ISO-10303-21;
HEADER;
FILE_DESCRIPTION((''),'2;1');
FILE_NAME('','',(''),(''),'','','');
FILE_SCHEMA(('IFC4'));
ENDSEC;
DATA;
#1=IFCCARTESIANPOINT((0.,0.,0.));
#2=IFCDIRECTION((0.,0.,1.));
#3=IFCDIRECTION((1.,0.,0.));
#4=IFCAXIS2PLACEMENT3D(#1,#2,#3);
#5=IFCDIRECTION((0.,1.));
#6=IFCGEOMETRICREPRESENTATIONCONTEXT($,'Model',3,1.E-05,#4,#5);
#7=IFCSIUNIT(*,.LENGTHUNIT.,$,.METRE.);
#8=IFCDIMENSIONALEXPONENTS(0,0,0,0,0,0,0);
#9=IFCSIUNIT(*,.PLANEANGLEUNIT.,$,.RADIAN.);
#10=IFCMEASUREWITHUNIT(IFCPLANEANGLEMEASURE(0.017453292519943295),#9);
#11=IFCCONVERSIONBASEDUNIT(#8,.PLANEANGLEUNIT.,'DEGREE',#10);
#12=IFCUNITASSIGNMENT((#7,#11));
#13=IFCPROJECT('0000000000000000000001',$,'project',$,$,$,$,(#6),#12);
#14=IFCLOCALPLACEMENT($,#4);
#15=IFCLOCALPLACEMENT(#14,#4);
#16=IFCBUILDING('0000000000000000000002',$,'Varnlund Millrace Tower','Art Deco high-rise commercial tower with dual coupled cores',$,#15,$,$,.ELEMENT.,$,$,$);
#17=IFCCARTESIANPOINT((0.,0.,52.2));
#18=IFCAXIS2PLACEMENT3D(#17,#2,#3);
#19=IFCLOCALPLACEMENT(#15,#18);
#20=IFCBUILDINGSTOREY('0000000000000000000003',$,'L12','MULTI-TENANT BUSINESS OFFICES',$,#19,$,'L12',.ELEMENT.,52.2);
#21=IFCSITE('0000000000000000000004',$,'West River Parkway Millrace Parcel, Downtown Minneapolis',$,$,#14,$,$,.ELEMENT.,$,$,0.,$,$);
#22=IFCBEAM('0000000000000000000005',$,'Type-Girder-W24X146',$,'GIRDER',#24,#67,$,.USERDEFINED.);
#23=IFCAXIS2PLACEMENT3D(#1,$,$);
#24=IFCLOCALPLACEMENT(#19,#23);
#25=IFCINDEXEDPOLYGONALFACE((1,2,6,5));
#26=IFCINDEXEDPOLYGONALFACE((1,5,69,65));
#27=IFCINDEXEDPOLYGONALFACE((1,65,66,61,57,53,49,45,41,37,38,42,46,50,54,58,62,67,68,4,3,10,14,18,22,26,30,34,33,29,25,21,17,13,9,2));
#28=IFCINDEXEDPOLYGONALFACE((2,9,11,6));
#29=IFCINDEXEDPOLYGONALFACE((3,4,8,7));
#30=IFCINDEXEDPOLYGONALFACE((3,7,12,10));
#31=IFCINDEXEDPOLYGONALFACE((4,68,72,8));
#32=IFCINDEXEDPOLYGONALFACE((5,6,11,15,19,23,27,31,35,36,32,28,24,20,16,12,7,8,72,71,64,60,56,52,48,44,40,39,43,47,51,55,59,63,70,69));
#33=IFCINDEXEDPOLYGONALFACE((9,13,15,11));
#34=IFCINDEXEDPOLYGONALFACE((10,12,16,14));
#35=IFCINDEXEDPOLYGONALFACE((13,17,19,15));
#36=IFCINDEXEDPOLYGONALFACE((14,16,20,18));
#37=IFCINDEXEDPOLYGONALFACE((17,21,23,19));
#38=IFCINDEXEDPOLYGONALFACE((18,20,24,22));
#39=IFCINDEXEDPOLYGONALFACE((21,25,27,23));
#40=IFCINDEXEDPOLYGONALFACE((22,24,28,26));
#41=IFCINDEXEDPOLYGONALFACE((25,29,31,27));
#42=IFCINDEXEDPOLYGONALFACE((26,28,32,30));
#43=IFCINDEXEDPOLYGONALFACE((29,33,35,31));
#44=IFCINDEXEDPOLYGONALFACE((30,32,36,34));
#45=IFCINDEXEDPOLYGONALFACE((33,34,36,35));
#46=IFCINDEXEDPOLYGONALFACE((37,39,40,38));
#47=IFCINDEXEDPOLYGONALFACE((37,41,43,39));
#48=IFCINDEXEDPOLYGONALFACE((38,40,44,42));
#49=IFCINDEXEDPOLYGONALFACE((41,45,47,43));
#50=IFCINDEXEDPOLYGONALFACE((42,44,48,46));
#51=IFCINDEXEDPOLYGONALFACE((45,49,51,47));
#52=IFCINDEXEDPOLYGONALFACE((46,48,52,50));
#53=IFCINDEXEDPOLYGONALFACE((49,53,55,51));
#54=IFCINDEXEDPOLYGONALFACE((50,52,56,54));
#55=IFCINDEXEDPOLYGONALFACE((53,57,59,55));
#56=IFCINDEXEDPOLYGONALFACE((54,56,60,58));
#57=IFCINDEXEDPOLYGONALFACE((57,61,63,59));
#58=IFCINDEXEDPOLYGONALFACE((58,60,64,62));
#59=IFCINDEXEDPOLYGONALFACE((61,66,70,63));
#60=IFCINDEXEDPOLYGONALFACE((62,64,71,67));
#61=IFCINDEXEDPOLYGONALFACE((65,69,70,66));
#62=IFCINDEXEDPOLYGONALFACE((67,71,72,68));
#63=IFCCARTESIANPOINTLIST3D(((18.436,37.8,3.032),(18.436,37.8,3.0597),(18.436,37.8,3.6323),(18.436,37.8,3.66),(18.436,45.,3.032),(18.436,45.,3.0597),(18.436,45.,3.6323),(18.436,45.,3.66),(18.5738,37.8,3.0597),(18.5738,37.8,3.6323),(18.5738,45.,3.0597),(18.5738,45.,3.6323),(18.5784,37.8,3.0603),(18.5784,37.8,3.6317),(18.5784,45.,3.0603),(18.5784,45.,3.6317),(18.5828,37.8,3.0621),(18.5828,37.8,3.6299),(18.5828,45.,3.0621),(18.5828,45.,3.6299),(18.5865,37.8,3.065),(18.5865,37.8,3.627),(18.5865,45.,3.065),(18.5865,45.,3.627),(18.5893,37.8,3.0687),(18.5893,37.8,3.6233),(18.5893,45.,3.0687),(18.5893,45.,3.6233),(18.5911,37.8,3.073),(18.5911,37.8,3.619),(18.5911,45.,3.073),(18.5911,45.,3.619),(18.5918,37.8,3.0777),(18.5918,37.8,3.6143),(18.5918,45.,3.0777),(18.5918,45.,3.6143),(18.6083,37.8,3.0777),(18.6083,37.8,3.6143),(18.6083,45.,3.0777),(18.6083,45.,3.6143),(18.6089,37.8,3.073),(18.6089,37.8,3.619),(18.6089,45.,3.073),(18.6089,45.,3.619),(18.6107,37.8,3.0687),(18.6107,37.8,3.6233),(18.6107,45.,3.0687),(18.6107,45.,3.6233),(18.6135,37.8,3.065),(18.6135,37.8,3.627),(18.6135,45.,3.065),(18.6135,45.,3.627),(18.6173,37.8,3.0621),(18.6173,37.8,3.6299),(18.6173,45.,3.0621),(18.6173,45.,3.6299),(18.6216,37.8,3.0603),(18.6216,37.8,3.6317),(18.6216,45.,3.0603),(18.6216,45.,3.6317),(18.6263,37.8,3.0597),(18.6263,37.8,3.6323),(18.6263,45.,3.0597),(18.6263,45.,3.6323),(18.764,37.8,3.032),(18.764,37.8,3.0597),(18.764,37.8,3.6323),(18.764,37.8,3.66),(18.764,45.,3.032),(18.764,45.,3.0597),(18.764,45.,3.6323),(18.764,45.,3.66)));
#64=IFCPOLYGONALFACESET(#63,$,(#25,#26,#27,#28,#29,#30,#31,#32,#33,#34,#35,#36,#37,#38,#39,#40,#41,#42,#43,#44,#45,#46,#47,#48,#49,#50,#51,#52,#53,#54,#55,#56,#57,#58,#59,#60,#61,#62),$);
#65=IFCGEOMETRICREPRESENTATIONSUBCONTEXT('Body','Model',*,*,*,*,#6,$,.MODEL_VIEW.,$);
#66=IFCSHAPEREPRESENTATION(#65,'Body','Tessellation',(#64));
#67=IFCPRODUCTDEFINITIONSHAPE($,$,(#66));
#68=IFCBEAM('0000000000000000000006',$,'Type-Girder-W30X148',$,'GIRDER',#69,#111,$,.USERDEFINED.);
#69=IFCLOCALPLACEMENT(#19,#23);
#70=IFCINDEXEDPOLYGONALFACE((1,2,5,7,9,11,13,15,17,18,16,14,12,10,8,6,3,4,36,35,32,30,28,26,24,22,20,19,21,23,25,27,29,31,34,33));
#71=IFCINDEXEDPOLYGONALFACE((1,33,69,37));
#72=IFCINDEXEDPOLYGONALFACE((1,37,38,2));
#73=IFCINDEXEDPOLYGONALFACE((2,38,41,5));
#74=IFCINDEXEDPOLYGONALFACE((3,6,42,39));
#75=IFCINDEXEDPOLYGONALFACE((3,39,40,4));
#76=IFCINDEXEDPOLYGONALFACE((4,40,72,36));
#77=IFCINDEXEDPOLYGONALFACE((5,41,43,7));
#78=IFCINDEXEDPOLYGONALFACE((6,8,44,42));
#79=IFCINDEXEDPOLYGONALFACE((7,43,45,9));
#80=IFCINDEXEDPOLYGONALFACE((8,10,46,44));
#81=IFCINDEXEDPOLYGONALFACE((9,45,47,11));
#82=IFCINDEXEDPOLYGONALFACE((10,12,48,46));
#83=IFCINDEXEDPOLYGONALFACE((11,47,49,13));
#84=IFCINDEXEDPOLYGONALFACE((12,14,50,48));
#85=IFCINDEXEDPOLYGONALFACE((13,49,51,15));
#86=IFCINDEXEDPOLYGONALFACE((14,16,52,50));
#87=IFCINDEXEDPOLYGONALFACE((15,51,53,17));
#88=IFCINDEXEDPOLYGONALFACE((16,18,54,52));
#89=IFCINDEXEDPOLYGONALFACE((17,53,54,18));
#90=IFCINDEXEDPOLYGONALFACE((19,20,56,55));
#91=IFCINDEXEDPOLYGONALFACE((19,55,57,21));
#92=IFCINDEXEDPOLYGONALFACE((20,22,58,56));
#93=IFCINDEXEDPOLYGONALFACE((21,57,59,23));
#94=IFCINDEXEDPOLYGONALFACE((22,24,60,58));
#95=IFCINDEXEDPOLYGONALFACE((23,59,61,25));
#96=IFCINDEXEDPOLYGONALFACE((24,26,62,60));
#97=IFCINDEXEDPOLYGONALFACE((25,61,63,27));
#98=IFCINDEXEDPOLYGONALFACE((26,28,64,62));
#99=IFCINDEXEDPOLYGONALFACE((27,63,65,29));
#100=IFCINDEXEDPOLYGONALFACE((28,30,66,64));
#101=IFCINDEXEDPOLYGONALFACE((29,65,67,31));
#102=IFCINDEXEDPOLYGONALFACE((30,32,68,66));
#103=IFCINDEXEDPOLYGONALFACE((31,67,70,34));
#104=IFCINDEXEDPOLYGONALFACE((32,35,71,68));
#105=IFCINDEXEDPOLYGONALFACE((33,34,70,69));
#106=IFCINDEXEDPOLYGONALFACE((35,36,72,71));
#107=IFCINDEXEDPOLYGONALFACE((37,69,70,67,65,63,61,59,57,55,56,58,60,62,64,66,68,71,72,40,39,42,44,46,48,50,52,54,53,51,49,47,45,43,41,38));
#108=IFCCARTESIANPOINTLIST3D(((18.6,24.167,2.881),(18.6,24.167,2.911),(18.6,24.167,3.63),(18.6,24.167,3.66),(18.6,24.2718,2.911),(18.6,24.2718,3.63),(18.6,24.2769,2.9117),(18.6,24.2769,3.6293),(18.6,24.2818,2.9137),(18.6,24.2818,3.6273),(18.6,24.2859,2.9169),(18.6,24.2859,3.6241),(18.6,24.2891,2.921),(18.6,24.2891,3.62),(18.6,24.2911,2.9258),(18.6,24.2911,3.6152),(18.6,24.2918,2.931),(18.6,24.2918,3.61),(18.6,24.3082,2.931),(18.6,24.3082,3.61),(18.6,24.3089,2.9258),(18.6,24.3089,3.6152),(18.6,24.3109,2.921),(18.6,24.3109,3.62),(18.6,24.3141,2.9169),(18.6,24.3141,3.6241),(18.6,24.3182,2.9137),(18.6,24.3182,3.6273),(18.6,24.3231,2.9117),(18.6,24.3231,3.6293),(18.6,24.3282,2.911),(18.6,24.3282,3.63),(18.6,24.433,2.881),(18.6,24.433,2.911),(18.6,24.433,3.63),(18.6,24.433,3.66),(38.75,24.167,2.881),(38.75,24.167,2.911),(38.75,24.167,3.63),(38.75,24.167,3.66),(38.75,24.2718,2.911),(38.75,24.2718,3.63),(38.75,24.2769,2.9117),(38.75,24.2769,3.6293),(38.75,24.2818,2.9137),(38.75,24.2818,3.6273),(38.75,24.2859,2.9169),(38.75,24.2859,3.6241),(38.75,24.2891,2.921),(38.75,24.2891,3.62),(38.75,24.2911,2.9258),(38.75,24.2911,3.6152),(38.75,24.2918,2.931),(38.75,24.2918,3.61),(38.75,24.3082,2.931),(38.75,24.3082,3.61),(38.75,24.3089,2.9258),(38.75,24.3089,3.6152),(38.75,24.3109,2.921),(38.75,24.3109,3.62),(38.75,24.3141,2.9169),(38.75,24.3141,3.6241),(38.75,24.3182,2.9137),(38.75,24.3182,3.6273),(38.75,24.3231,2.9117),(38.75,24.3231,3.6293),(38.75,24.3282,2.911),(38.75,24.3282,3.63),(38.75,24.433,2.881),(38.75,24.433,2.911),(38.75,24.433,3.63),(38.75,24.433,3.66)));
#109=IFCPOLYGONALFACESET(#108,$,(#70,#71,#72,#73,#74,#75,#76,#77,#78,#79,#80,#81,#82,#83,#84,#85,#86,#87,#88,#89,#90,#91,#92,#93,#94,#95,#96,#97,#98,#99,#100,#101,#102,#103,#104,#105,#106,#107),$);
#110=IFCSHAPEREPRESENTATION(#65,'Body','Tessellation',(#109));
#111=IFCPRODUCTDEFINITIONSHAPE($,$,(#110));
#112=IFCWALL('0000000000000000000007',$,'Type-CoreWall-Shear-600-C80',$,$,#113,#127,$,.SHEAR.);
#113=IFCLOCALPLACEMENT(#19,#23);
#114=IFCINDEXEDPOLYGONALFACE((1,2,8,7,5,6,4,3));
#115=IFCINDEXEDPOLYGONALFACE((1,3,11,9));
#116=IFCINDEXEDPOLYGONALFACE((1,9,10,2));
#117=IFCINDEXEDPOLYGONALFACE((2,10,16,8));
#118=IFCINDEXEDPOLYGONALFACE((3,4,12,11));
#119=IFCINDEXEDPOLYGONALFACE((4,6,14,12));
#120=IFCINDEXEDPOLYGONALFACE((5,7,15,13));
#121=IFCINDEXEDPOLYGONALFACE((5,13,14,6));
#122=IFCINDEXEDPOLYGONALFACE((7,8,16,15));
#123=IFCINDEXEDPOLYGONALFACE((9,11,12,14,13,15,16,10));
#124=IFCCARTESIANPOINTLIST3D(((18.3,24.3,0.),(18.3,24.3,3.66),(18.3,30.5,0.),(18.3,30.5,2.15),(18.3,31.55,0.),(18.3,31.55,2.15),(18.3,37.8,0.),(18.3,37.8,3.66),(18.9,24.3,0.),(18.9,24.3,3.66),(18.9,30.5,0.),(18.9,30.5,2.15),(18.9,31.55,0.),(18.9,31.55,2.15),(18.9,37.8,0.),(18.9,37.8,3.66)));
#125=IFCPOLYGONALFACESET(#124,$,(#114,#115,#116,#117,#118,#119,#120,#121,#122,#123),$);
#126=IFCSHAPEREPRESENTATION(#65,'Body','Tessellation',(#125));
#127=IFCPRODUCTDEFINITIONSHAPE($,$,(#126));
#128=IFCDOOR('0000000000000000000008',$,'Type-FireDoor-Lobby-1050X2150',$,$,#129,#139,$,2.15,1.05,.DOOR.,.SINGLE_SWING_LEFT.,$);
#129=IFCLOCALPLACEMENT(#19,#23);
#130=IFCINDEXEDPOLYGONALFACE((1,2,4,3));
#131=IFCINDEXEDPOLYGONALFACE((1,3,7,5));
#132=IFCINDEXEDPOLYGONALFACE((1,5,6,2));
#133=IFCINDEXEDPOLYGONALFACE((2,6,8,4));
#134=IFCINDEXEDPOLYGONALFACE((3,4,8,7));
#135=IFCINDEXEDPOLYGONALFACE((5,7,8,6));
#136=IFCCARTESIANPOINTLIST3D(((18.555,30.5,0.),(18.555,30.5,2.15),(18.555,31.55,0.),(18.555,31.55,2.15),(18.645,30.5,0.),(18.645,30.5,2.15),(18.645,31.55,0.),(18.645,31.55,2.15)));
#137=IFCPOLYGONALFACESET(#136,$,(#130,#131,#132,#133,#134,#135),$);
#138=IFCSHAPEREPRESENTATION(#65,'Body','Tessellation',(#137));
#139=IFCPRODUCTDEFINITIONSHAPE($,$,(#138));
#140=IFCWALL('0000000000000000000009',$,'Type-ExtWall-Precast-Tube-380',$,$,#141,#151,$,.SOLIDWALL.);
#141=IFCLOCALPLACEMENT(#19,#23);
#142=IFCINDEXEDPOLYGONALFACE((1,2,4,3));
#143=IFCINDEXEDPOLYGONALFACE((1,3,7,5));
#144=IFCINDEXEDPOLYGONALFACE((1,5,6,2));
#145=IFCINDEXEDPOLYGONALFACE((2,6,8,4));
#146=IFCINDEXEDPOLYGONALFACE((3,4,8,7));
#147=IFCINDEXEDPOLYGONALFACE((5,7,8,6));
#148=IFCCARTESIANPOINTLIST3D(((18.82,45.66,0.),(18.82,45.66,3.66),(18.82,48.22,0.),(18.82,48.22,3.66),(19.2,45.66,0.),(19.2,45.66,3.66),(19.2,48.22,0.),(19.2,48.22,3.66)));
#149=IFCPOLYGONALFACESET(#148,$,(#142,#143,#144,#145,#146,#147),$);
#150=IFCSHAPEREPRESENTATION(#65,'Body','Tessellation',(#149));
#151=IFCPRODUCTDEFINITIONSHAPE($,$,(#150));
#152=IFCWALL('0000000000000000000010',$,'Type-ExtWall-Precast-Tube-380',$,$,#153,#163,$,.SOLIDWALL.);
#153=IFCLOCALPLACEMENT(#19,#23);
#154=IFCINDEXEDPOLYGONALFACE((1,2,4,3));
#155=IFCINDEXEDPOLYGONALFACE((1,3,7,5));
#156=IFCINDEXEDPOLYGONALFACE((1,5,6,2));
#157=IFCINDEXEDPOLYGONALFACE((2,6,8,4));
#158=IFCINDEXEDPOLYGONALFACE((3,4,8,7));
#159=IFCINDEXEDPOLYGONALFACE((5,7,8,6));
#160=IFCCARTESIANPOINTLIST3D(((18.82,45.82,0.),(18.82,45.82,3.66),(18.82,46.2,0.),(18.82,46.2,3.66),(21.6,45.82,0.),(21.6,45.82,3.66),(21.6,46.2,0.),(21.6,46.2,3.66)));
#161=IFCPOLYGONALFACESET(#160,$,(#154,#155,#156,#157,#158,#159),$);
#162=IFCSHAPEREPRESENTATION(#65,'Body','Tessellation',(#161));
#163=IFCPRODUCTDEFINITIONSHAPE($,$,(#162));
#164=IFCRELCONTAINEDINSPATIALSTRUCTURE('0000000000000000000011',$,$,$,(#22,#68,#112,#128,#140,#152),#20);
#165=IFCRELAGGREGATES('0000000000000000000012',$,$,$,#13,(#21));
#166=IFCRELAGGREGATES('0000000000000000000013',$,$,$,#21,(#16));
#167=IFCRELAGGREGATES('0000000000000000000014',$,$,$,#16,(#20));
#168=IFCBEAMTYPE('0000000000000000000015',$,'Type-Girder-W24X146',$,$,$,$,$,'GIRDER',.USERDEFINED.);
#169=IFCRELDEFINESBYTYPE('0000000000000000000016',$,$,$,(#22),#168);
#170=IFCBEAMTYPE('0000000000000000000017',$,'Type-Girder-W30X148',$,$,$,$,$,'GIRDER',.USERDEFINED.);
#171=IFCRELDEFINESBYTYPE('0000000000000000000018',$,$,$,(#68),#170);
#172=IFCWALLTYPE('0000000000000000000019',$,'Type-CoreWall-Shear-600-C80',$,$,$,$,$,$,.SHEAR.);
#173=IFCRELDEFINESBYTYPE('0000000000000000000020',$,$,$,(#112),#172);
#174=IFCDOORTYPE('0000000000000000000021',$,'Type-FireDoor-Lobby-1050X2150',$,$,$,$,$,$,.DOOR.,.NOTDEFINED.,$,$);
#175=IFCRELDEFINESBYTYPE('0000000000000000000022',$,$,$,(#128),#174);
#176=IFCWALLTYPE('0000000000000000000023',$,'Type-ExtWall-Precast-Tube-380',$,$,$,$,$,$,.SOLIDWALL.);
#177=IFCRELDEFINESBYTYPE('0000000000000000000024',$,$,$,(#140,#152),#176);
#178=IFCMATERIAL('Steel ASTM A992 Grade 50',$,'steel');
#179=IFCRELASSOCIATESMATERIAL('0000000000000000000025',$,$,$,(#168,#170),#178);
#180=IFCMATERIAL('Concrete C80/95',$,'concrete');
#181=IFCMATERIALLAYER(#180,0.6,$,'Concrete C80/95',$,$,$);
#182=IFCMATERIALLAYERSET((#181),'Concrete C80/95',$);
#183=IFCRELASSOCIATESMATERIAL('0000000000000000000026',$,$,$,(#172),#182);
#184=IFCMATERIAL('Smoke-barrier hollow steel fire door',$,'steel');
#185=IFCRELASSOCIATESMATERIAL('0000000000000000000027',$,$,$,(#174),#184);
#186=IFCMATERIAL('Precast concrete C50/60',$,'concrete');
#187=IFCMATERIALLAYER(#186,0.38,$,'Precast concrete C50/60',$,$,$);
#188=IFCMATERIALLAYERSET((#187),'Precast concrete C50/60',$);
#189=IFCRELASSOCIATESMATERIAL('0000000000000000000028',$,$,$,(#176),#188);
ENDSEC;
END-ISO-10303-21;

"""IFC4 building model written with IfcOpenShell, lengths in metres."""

from ifc_helpers import new_model, entity, si_unit, converted_unit, direction, frame, origin_with_axes, origin_2d_with_axis, place, context, subcontext, project, spatial, polyline, rectangle, i_section, outline, extrude, material, layer, layer_set, material_profile, profile_set, type_object, element, fill, save


model = new_model("IFC4")

# Units and contexts
model_context = context("Model", 3, precision=1e-05, world=origin_with_axes(), true_north=direction((0.0, 1.0)))
body_context = subcontext(model_context, "Body", "Model", "MODEL_VIEW")
ifc_project = project(units=[si_unit("LENGTHUNIT", "METRE"), converted_unit("PLANEANGLEUNIT", "DEGREE", entity("IfcPlaneAngleMeasure", 0.017453292519943295), si_unit("PLANEANGLEUNIT", "RADIAN"), dimensions=[0, 0, 0, 0, 0, 0, 0])], contexts=[model_context])

# Site, building, storey
site_placement = place(None, origin_with_axes())
site = spatial("IfcSite", under=ifc_project, at=site_placement, Name="West River Parkway Millrace Parcel, Downtown Minneapolis", CompositionType="ELEMENT", RefElevation=0.0)
building_placement = place(site_placement, origin_with_axes())
building = spatial("IfcBuilding", under=site, at=building_placement, Name="Varnlund Millrace Tower", Description="Art Deco high-rise commercial tower with dual coupled cores", CompositionType="ELEMENT")
storey_placement = place(building_placement, frame((0.0, 0.0, 52.2), z_axis=(0.0, 0.0, 1.0), x_axis=(1.0, 0.0, 0.0)))
storey = spatial("IfcBuildingStorey", under=building, at=storey_placement, Name="L12", Description="MULTI-TENANT BUSINESS OFFICES", LongName="L12", CompositionType="ELEMENT", Elevation=52.2)

# Shared definitions
ifc_material_1 = material(Name="Concrete C80/95", Category="concrete")

# Beams
ifc_material_2 = material(Name="Steel ASTM A992 Grade 50", Category="steel")
ifc_material_profile_1 = material_profile(ifc_material_2, i_section(OverallWidth=0.328, OverallDepth=0.628, WebThickness=0.0165, FlangeThickness=0.0277, FilletRadius=0.018, at=origin_2d_with_axis()), Name="Steel ASTM A992 Grade 50")
ifc_profile_set_1 = profile_set([ifc_material_profile_1], Name="Steel ASTM A992 Grade 50")
beam_type_1 = type_object("IfcBeamType", Name="Type-Girder-W24X146", ElementType="GIRDER", PredefinedType="USERDEFINED", material=ifc_profile_set_1)
beam_1_placement = place(storey_placement, frame((18.6, 37.8, 3.346), z_axis=(0.0, 1.0, 0.0), x_axis=(-1.0, 0.0, 0.0)))
element("IfcBeam", 1, at=beam_1_placement, inside=storey, type_object=beam_type_1, Name="Type-Girder-W24X146", ObjectType="GIRDER", PredefinedType="USERDEFINED", context=body_context, shape_type="SweptSolid", body=[
    extrude(i_section(OverallWidth=0.328, OverallDepth=0.628, WebThickness=0.0165, FlangeThickness=0.0277, FilletRadius=0.018, at=origin_2d_with_axis()), origin_with_axes(), (0.0, 0.0, 1.0), 7.2),
])
ifc_material_profile_2 = material_profile(ifc_material_2, i_section(OverallWidth=0.266, OverallDepth=0.779, WebThickness=0.0165, FlangeThickness=0.03, FilletRadius=0.02, at=origin_2d_with_axis()), Name="Steel ASTM A992 Grade 50")
ifc_profile_set_2 = profile_set([ifc_material_profile_2], Name="Steel ASTM A992 Grade 50")
beam_type_2 = type_object("IfcBeamType", Name="Type-Girder-W30X148", ElementType="GIRDER", PredefinedType="USERDEFINED", material=ifc_profile_set_2)
beam_2_placement = place(storey_placement, frame((18.6, 24.3, 3.2705), z_axis=(1.0, 0.0, 0.0), x_axis=(0.0, 1.0, 0.0)))
element("IfcBeam", 2, at=beam_2_placement, inside=storey, type_object=beam_type_2, Name="Type-Girder-W30X148", ObjectType="GIRDER", PredefinedType="USERDEFINED", context=body_context, shape_type="SweptSolid", body=[
    extrude(i_section(OverallWidth=0.266, OverallDepth=0.779, WebThickness=0.0165, FlangeThickness=0.03, FilletRadius=0.02, at=origin_2d_with_axis()), origin_with_axes(), (0.0, 0.0, 1.0), 20.15),
])

# Wall, opening, door
ifc_layer_1 = layer(ifc_material_1, 0.6, Name="Concrete C80/95")
ifc_layer_set_1 = layer_set([ifc_layer_1], Name="Concrete C80/95")
wall_type_1 = type_object("IfcWallType", Name="Type-CoreWall-Shear-600-C80", PredefinedType="SHEAR", material=ifc_layer_set_1)
wall_1_placement = place(storey_placement, frame((18.6, 24.3, 0.0), z_axis=(0.0, 0.0, 1.0), x_axis=(0.0, 1.0, 0.0)))
wall_1 = element("IfcWall", 3, at=wall_1_placement, inside=storey, type_object=wall_type_1, Name="Type-CoreWall-Shear-600-C80", PredefinedType="SHEAR", context=body_context, shape_type="SweptSolid", body=[
    extrude(outline(polyline([(0.0, -0.3), (13.5, -0.3), (13.5, 0.3), (0.0, 0.3), (0.0, -0.3)])), origin_with_axes(), (0.0, 0.0, 1.0), 3.66),
])
opening_1_placement = place(wall_1_placement, frame((6.725, 0.0, 0.0), z_axis=(0.0, 0.0, 1.0), x_axis=(1.0, 0.0, 0.0)))
opening_1 = element("IfcOpeningElement", 4, at=opening_1_placement, cuts=wall_1, PredefinedType="OPENING", context=body_context, shape_type="SweptSolid", body=[
    extrude(rectangle(XDim=1.05, YDim=0.62, at=origin_2d_with_axis()), origin_with_axes(), (0.0, 0.0, 1.0), 2.15),
])
ifc_material_3 = material(Name="Smoke-barrier hollow steel fire door", Category="steel")
door_type = type_object("IfcDoorType", Name="Type-FireDoor-Lobby-1050X2150", OperationType="NOTDEFINED", PredefinedType="DOOR", material=ifc_material_3)
door_placement = place(wall_1_placement, frame((6.725, 0.0, 0.0), z_axis=(0.0, 0.0, 1.0), x_axis=(1.0, 0.0, 0.0)))
door = element("IfcDoor", 5, at=door_placement, inside=storey, type_object=door_type, Name="Type-FireDoor-Lobby-1050X2150", OperationType="SINGLE_SWING_LEFT", OverallHeight=2.15, OverallWidth=1.05, PredefinedType="DOOR", context=body_context, shape_type="SweptSolid", body=[
    extrude(rectangle(XDim=1.05, YDim=0.09, at=origin_2d_with_axis()), origin_with_axes(), (0.0, 0.0, 1.0), 2.15),
])
fill(opening_1, door)

# Walls
ifc_material_4 = material(Name="Precast concrete C50/60", Category="concrete")
ifc_layer_2 = layer(ifc_material_4, 0.38, Name="Precast concrete C50/60")
ifc_layer_set_2 = layer_set([ifc_layer_2], Name="Precast concrete C50/60")
wall_type_2 = type_object("IfcWallType", Name="Type-ExtWall-Precast-Tube-380", PredefinedType="SOLIDWALL", material=ifc_layer_set_2)
wall_2_placement = place(storey_placement, frame((19.01, 48.22, 0.0), z_axis=(0.0, 0.0, 1.0), x_axis=(0.0, -1.0, 0.0)))
element("IfcWall", 6, at=wall_2_placement, inside=storey, type_object=wall_type_2, Name="Type-ExtWall-Precast-Tube-380", PredefinedType="SOLIDWALL", context=body_context, shape_type="SweptSolid", body=[
    extrude(outline(polyline([(0.0, -0.19), (2.56, -0.19), (2.56, 0.19), (0.0, 0.19), (0.0, -0.19)])), origin_with_axes(), (0.0, 0.0, 1.0), 3.66),
])
wall_3_placement = place(storey_placement, frame((18.82, 46.01, 0.0), z_axis=(0.0, 0.0, 1.0), x_axis=(1.0, 0.0, 0.0)))
element("IfcWall", 7, at=wall_3_placement, inside=storey, type_object=wall_type_2, Name="Type-ExtWall-Precast-Tube-380", PredefinedType="SOLIDWALL", context=body_context, shape_type="SweptSolid", body=[
    extrude(outline(polyline([(0.0, -0.19), (2.78, -0.19), (2.78, 0.19), (0.0, 0.19), (0.0, -0.19)])), origin_with_axes(), (0.0, 0.0, 1.0), 3.66),
])

save(model, "model.ifc")
